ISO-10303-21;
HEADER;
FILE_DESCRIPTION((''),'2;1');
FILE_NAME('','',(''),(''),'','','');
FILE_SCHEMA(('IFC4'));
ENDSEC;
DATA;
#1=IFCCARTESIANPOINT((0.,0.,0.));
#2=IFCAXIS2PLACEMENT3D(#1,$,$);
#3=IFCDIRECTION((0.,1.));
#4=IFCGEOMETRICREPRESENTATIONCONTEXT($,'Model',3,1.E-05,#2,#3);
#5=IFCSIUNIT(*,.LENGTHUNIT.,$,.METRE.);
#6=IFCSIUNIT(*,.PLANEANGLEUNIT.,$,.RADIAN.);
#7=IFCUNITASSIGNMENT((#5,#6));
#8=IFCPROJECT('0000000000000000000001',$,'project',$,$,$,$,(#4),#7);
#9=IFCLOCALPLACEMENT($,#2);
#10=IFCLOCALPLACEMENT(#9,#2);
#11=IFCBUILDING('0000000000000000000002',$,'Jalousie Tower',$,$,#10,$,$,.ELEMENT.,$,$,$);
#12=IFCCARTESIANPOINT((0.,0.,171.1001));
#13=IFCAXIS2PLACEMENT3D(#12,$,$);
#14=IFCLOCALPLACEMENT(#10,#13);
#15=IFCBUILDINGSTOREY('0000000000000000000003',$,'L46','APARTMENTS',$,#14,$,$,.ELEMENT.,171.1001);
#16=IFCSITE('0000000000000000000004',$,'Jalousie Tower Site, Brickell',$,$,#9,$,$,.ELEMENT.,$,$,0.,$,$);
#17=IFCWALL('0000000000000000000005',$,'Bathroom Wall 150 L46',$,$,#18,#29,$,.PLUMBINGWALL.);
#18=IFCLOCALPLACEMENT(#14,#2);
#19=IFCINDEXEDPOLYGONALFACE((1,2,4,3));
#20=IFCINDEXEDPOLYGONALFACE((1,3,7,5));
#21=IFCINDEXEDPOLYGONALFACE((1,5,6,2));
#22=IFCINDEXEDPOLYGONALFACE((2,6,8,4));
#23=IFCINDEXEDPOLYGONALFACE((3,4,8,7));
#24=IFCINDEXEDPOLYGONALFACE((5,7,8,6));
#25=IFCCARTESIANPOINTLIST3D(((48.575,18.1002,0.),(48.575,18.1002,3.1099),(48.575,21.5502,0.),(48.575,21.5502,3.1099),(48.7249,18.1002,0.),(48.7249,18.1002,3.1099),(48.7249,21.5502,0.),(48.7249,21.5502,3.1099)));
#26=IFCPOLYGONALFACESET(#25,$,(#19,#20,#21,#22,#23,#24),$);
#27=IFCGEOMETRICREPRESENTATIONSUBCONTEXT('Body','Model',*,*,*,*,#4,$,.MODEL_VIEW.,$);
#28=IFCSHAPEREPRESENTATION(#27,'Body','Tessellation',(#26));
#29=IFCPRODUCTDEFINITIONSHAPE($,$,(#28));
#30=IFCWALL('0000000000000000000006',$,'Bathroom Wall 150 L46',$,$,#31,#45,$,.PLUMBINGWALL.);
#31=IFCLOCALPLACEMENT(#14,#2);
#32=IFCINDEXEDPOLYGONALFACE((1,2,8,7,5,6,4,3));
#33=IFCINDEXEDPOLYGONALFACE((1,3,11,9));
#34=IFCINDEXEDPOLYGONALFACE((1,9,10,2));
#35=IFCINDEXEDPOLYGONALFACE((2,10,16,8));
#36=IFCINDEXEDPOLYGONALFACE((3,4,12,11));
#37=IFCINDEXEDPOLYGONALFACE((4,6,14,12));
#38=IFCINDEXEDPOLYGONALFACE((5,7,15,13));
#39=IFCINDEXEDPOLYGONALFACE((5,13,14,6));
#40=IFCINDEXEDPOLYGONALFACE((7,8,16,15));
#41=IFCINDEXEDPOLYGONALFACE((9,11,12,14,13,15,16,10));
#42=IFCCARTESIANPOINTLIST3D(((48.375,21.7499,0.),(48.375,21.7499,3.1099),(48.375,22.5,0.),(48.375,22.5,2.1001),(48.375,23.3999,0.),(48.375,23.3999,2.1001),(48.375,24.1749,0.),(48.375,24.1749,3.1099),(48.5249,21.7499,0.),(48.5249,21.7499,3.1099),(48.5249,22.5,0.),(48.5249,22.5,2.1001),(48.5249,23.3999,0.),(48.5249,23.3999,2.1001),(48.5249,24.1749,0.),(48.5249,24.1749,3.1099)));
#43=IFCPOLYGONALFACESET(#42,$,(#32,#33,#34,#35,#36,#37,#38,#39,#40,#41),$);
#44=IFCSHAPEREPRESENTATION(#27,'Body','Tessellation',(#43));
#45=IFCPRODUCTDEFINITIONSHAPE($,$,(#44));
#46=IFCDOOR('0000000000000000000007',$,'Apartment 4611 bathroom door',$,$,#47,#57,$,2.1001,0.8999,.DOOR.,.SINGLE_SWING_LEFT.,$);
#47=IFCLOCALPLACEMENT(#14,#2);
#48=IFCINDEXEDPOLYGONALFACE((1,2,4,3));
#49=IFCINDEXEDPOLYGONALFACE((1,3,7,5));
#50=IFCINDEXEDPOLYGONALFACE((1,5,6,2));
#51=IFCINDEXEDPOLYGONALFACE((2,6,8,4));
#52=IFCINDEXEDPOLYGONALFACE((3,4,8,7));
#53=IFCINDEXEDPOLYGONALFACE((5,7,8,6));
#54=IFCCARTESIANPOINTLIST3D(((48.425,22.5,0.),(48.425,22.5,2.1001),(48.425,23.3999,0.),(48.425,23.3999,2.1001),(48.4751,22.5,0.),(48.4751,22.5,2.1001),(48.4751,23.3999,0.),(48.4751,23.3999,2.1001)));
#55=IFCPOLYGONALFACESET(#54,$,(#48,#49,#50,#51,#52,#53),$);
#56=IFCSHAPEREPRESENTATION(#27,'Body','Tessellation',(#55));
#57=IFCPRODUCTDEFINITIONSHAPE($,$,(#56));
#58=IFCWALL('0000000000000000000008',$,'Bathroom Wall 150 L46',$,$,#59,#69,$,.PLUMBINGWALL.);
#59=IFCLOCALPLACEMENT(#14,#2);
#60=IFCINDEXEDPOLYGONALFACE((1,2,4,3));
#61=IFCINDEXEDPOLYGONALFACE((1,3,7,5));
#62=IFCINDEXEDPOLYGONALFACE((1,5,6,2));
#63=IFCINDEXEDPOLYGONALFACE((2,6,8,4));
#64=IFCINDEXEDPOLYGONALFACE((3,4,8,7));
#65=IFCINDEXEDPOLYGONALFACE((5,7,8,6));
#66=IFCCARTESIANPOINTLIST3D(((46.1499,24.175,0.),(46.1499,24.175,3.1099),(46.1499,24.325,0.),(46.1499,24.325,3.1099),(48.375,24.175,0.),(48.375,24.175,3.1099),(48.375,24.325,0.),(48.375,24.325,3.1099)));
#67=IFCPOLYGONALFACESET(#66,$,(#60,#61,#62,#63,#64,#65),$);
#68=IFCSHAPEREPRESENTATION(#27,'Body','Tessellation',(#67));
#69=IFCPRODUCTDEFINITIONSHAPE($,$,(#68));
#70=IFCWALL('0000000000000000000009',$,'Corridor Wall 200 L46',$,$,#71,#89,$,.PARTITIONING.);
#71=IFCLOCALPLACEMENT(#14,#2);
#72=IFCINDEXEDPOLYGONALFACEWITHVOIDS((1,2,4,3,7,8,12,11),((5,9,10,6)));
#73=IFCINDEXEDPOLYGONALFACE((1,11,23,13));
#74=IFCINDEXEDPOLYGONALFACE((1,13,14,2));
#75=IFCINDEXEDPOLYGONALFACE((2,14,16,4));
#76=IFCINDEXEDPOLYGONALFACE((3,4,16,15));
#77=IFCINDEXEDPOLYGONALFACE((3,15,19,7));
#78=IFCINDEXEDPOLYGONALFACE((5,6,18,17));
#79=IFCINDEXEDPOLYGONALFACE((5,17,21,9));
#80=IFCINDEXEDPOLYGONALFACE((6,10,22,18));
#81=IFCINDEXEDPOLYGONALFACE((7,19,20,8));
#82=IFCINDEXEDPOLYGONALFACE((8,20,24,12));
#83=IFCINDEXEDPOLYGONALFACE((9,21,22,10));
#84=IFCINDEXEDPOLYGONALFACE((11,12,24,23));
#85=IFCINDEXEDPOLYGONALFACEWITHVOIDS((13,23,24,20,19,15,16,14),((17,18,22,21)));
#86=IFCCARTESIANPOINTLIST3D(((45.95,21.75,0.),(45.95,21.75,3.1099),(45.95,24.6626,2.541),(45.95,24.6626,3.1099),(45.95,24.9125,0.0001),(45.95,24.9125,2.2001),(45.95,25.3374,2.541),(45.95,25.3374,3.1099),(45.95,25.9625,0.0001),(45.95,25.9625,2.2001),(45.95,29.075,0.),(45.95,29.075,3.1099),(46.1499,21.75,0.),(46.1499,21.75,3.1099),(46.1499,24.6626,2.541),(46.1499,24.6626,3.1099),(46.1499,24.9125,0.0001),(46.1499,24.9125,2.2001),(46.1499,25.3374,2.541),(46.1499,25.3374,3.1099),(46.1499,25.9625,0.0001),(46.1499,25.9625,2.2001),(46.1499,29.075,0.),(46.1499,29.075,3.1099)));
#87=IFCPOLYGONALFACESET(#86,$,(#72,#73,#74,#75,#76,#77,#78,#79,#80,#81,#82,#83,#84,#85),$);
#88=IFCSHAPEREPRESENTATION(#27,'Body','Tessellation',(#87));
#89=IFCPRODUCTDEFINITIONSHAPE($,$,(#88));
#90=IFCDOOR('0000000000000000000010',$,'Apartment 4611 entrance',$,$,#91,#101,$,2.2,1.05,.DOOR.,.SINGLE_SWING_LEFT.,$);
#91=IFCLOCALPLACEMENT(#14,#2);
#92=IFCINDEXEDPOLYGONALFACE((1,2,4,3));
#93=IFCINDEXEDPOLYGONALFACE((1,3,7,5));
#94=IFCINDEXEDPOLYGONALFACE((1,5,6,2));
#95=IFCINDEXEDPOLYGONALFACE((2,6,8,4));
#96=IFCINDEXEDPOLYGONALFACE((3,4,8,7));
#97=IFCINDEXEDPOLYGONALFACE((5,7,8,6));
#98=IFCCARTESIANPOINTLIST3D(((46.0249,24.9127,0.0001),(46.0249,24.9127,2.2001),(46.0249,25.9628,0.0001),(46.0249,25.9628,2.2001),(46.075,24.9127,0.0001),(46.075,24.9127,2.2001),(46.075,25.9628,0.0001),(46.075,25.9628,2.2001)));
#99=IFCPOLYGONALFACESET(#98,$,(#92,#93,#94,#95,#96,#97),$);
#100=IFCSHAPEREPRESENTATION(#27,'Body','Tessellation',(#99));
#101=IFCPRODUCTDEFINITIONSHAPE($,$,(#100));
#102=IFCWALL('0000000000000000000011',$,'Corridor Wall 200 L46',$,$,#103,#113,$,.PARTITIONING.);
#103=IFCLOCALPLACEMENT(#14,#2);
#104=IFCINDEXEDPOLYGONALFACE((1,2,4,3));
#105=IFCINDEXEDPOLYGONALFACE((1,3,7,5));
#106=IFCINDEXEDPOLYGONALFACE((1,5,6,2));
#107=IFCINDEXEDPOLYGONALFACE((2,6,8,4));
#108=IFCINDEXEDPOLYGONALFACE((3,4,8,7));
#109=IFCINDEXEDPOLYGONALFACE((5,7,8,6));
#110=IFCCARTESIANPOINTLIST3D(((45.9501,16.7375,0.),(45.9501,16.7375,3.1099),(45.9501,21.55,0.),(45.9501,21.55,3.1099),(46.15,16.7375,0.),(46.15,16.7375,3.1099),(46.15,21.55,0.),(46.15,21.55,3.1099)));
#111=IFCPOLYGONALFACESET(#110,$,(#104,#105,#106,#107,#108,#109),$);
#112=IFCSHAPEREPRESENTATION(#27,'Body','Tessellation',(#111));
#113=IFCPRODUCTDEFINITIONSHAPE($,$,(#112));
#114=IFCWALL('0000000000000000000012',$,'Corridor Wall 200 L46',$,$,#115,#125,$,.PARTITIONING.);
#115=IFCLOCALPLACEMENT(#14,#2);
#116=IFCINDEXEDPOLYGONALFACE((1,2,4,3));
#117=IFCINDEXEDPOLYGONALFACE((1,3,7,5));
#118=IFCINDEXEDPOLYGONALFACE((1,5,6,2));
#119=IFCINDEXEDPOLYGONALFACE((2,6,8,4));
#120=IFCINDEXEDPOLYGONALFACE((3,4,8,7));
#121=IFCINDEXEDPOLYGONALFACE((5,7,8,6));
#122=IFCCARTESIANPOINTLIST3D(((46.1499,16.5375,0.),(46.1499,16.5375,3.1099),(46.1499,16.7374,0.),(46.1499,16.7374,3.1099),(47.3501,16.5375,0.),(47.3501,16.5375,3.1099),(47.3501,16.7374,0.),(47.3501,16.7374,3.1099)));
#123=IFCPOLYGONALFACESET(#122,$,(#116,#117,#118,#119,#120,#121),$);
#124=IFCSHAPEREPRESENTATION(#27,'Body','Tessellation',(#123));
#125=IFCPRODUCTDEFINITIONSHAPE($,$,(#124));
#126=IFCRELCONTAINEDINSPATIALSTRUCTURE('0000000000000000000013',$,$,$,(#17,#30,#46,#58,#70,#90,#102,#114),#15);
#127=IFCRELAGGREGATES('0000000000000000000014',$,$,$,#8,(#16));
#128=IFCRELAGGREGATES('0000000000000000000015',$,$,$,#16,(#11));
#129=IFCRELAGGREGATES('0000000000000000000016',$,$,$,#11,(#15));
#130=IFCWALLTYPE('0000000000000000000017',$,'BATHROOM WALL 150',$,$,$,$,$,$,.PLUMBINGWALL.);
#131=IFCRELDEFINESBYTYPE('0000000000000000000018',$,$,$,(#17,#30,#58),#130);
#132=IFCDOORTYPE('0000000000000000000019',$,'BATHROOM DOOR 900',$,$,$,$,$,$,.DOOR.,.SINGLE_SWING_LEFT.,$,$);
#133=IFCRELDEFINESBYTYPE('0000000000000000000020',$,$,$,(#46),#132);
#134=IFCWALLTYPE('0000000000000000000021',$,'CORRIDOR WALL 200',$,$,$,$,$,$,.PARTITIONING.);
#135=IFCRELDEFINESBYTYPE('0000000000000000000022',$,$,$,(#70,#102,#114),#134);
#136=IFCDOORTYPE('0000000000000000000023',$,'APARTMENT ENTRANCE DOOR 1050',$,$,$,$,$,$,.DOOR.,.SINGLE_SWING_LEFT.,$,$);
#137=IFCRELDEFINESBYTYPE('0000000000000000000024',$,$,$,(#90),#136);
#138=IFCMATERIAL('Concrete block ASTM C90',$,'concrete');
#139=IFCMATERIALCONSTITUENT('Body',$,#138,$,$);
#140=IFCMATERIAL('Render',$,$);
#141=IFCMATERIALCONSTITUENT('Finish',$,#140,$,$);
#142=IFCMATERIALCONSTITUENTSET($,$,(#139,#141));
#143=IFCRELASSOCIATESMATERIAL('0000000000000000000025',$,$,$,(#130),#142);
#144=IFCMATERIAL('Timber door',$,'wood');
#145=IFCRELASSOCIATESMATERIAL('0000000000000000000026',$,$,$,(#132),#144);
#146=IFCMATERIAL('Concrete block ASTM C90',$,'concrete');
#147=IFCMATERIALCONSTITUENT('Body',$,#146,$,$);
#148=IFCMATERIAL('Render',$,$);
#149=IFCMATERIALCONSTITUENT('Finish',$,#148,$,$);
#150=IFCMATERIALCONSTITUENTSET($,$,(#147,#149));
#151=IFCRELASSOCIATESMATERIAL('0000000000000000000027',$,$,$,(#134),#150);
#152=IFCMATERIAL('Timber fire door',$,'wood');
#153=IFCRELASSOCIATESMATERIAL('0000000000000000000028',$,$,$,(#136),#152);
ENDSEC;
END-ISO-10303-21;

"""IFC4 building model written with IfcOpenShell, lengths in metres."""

from ifc_helpers import new_model, si_unit, direction, frame, frame_2d, origin, place, context, subcontext, project, spatial, polyline, rectangle, outline, extrude, material, constituent, constituent_set, type_object, element, fill, save


model = new_model("IFC4")

# Units and contexts
model_context = context("Model", 3, precision=1e-05, world=origin(), true_north=direction((0.0, 1.0)))
body_context = subcontext(model_context, "Body", "Model", "MODEL_VIEW")
ifc_project = project(units=[si_unit("LENGTHUNIT", "METRE"), si_unit("PLANEANGLEUNIT", "RADIAN")], contexts=[model_context])

# Site, building, storey
site_placement = place(None, origin())
site = spatial("IfcSite", under=ifc_project, at=site_placement, Name="Jalousie Tower Site, Brickell", CompositionType="ELEMENT", RefElevation=0.0)
building_placement = place(site_placement, origin())
building = spatial("IfcBuilding", under=site, at=building_placement, Name="Jalousie Tower", CompositionType="ELEMENT")
storey_placement = place(building_placement, frame((0.0, 0.0, 171.1001)))
storey = spatial("IfcBuildingStorey", under=building, at=storey_placement, Name="L46", Description="APARTMENTS", CompositionType="ELEMENT", Elevation=171.1001)

# Wall
ifc_material_1 = material(Name="Concrete block ASTM C90", Category="concrete")
ifc_constituent_1 = constituent(ifc_material_1, Name="Body")
ifc_material_2 = material(Name="Render")
ifc_constituent_2 = constituent(ifc_material_2, Name="Finish")
ifc_constituent_set_1 = constituent_set(constituents=[ifc_constituent_1, ifc_constituent_2])
wall_type_1 = type_object("IfcWallType", Name="BATHROOM WALL 150", PredefinedType="PLUMBINGWALL", material=ifc_constituent_set_1)
wall_1_placement = place(storey_placement, frame((48.6499, 18.1001, 0.0), z_axis=(0.0, 0.0, 1.0), x_axis=(0.0, 1.0, 0.0)))
element("IfcWall", 1, at=wall_1_placement, inside=storey, type_object=wall_type_1, Name="Bathroom Wall 150 L46", PredefinedType="PLUMBINGWALL", context=body_context, shape_type="SweptSolid", body=[
    extrude(rectangle(XDim=3.45, YDim=0.1499, at=frame_2d((1.7251, 0.0))), origin(), (0.0, 0.0, 1.0), 3.1099),
])

# Wall, opening, door
wall_2_placement = place(storey_placement, frame((48.45, 21.75, 0.0), z_axis=(0.0, 0.0, 1.0), x_axis=(0.0, 1.0, 0.0)))
wall_2 = element("IfcWall", 2, at=wall_2_placement, inside=storey, type_object=wall_type_1, Name="Bathroom Wall 150 L46", PredefinedType="PLUMBINGWALL", context=body_context, shape_type="SweptSolid", body=[
    extrude(rectangle(XDim=2.425, YDim=0.1499, at=frame_2d((1.2124, 0.0))), origin(), (0.0, 0.0, 1.0), 3.1099),
])
opening_1_placement = place(wall_2_placement, frame((0.75, 0.0, 0.0)))
opening_1 = element("IfcOpeningElement", 3, at=opening_1_placement, cuts=wall_2, PredefinedType="OPENING", context=body_context, shape_type="SweptSolid", body=[
    extrude(rectangle(XDim=0.8999, YDim=2.1001, at=frame_2d((0.45, 1.05))), frame((0.0, 0.085, 0.0), z_axis=(0.0, -1.0, 0.0), x_axis=(1.0, 0.0, 0.0)), (0.0, 0.0, 1.0), 0.1699),
])
ifc_material_3 = material(Name="Timber door", Category="wood")
door_type_1 = type_object("IfcDoorType", Name="BATHROOM DOOR 900", OperationType="SINGLE_SWING_LEFT", PredefinedType="DOOR", material=ifc_material_3)
door_1_placement = place(opening_1_placement, origin())
door_1 = element("IfcDoor", 4, at=door_1_placement, inside=storey, type_object=door_type_1, Name="Apartment 4611 bathroom door", OperationType="SINGLE_SWING_LEFT", OverallHeight=2.1001, OverallWidth=0.8999, PredefinedType="DOOR", context=body_context, shape_type="SweptSolid", body=[
    extrude(rectangle(XDim=0.8999, YDim=2.1001, at=frame_2d((0.45, 1.05))), frame((0.0, 0.0249, 0.0), z_axis=(0.0, -1.0, 0.0), x_axis=(1.0, 0.0, 0.0)), (0.0, 0.0, 1.0), 0.05),
])
fill(opening_1, door_1)

# Wall
wall_3_placement = place(storey_placement, frame((48.375, 24.25, 0.0), z_axis=(0.0, 0.0, 1.0), x_axis=(-1.0, 0.0, 0.0)))
element("IfcWall", 5, at=wall_3_placement, inside=storey, type_object=wall_type_1, Name="Bathroom Wall 150 L46", PredefinedType="PLUMBINGWALL", context=body_context, shape_type="SweptSolid", body=[
    extrude(rectangle(XDim=2.2251, YDim=0.1499, at=frame_2d((1.1125, 0.0))), origin(), (0.0, 0.0, 1.0), 3.1099),
])

# Wall, opening, door
ifc_material_4 = material(Name="Concrete block ASTM C90", Category="concrete")
ifc_constituent_3 = constituent(ifc_material_4, Name="Body")
ifc_material_5 = material(Name="Render")
ifc_constituent_4 = constituent(ifc_material_5, Name="Finish")
ifc_constituent_set_2 = constituent_set(constituents=[ifc_constituent_3, ifc_constituent_4])
wall_type_2 = type_object("IfcWallType", Name="CORRIDOR WALL 200", PredefinedType="PARTITIONING", material=ifc_constituent_set_2)
wall_4_placement = place(storey_placement, frame((46.05, 21.75, 0.0), z_axis=(0.0, 0.0, 1.0), x_axis=(0.0, 1.0, 0.0)))
wall_4 = element("IfcWall", 6, at=wall_4_placement, inside=storey, type_object=wall_type_2, Name="Corridor Wall 200 L46", PredefinedType="PARTITIONING", context=body_context, shape_type="SweptSolid", body=[
    extrude(outline(polyline([(0.0, 0.0), (7.325, 0.0), (7.325, 3.1099), (3.5874, 3.1099), (3.5874, 2.541), (2.9126, 2.541), (2.9126, 3.1099), (0.0, 3.1099), (0.0, 0.0)])), frame((0.0, 0.1001, 0.0), z_axis=(0.0, -1.0, 0.0), x_axis=(1.0, 0.0, 0.0)), (0.0, 0.0, 1.0), 0.2),
])
opening_2_placement = place(wall_4_placement, frame((3.1626, 0.0, 0.0)))
opening_2 = element("IfcOpeningElement", 7, at=opening_2_placement, cuts=wall_4, PredefinedType="OPENING", context=body_context, shape_type="SweptSolid", body=[
    extrude(rectangle(XDim=1.05, YDim=2.2, at=frame_2d((0.5249, 1.1001))), frame((0.0, 0.1099, 0.0), z_axis=(0.0, -1.0, 0.0), x_axis=(1.0, 0.0, 0.0)), (0.0, 0.0, 1.0), 0.22),
])
ifc_material_6 = material(Name="Timber fire door", Category="wood")
door_type_2 = type_object("IfcDoorType", Name="APARTMENT ENTRANCE DOOR 1050", OperationType="SINGLE_SWING_LEFT", PredefinedType="DOOR", material=ifc_material_6)
door_2_placement = place(opening_2_placement, frame((1.05, 0.0, 0.0), z_axis=(0.0, 0.0, 1.0), x_axis=(-1.0, 0.0, 0.0)))
door_2 = element("IfcDoor", 8, at=door_2_placement, inside=storey, type_object=door_type_2, Name="Apartment 4611 entrance", OperationType="SINGLE_SWING_LEFT", OverallHeight=2.2, OverallWidth=1.05, PredefinedType="DOOR", context=body_context, shape_type="SweptSolid", body=[
    extrude(rectangle(XDim=1.05, YDim=2.2, at=frame_2d((0.5249, 1.1001))), frame((0.0, 0.0249, 0.0), z_axis=(0.0, -1.0, 0.0), x_axis=(1.0, 0.0, 0.0)), (0.0, 0.0, 1.0), 0.05),
])
fill(opening_2, door_2)

# Walls
wall_5_placement = place(storey_placement, frame((46.05, 16.7375, 0.0), z_axis=(0.0, 0.0, 1.0), x_axis=(0.0, 1.0, 0.0)))
element("IfcWall", 9, at=wall_5_placement, inside=storey, type_object=wall_type_2, Name="Corridor Wall 200 L46", PredefinedType="PARTITIONING", context=body_context, shape_type="SweptSolid", body=[
    extrude(rectangle(XDim=4.8125, YDim=0.2, at=frame_2d((2.4062, 0.0))), origin(), (0.0, 0.0, 1.0), 3.1099),
])
wall_6_placement = place(storey_placement, frame((46.1499, 16.6375, 0.0), z_axis=(0.0, 0.0, 1.0), x_axis=(1.0, 0.0, 0.0)))
element("IfcWall", 10, at=wall_6_placement, inside=storey, type_object=wall_type_2, Name="Corridor Wall 200 L46", PredefinedType="PARTITIONING", context=body_context, shape_type="SweptSolid", body=[
    extrude(rectangle(XDim=1.2002, YDim=0.2, at=frame_2d((0.6001, 0.0))), origin(), (0.0, 0.0, 1.0), 3.1099),
])

save(model, "model.ifc")
